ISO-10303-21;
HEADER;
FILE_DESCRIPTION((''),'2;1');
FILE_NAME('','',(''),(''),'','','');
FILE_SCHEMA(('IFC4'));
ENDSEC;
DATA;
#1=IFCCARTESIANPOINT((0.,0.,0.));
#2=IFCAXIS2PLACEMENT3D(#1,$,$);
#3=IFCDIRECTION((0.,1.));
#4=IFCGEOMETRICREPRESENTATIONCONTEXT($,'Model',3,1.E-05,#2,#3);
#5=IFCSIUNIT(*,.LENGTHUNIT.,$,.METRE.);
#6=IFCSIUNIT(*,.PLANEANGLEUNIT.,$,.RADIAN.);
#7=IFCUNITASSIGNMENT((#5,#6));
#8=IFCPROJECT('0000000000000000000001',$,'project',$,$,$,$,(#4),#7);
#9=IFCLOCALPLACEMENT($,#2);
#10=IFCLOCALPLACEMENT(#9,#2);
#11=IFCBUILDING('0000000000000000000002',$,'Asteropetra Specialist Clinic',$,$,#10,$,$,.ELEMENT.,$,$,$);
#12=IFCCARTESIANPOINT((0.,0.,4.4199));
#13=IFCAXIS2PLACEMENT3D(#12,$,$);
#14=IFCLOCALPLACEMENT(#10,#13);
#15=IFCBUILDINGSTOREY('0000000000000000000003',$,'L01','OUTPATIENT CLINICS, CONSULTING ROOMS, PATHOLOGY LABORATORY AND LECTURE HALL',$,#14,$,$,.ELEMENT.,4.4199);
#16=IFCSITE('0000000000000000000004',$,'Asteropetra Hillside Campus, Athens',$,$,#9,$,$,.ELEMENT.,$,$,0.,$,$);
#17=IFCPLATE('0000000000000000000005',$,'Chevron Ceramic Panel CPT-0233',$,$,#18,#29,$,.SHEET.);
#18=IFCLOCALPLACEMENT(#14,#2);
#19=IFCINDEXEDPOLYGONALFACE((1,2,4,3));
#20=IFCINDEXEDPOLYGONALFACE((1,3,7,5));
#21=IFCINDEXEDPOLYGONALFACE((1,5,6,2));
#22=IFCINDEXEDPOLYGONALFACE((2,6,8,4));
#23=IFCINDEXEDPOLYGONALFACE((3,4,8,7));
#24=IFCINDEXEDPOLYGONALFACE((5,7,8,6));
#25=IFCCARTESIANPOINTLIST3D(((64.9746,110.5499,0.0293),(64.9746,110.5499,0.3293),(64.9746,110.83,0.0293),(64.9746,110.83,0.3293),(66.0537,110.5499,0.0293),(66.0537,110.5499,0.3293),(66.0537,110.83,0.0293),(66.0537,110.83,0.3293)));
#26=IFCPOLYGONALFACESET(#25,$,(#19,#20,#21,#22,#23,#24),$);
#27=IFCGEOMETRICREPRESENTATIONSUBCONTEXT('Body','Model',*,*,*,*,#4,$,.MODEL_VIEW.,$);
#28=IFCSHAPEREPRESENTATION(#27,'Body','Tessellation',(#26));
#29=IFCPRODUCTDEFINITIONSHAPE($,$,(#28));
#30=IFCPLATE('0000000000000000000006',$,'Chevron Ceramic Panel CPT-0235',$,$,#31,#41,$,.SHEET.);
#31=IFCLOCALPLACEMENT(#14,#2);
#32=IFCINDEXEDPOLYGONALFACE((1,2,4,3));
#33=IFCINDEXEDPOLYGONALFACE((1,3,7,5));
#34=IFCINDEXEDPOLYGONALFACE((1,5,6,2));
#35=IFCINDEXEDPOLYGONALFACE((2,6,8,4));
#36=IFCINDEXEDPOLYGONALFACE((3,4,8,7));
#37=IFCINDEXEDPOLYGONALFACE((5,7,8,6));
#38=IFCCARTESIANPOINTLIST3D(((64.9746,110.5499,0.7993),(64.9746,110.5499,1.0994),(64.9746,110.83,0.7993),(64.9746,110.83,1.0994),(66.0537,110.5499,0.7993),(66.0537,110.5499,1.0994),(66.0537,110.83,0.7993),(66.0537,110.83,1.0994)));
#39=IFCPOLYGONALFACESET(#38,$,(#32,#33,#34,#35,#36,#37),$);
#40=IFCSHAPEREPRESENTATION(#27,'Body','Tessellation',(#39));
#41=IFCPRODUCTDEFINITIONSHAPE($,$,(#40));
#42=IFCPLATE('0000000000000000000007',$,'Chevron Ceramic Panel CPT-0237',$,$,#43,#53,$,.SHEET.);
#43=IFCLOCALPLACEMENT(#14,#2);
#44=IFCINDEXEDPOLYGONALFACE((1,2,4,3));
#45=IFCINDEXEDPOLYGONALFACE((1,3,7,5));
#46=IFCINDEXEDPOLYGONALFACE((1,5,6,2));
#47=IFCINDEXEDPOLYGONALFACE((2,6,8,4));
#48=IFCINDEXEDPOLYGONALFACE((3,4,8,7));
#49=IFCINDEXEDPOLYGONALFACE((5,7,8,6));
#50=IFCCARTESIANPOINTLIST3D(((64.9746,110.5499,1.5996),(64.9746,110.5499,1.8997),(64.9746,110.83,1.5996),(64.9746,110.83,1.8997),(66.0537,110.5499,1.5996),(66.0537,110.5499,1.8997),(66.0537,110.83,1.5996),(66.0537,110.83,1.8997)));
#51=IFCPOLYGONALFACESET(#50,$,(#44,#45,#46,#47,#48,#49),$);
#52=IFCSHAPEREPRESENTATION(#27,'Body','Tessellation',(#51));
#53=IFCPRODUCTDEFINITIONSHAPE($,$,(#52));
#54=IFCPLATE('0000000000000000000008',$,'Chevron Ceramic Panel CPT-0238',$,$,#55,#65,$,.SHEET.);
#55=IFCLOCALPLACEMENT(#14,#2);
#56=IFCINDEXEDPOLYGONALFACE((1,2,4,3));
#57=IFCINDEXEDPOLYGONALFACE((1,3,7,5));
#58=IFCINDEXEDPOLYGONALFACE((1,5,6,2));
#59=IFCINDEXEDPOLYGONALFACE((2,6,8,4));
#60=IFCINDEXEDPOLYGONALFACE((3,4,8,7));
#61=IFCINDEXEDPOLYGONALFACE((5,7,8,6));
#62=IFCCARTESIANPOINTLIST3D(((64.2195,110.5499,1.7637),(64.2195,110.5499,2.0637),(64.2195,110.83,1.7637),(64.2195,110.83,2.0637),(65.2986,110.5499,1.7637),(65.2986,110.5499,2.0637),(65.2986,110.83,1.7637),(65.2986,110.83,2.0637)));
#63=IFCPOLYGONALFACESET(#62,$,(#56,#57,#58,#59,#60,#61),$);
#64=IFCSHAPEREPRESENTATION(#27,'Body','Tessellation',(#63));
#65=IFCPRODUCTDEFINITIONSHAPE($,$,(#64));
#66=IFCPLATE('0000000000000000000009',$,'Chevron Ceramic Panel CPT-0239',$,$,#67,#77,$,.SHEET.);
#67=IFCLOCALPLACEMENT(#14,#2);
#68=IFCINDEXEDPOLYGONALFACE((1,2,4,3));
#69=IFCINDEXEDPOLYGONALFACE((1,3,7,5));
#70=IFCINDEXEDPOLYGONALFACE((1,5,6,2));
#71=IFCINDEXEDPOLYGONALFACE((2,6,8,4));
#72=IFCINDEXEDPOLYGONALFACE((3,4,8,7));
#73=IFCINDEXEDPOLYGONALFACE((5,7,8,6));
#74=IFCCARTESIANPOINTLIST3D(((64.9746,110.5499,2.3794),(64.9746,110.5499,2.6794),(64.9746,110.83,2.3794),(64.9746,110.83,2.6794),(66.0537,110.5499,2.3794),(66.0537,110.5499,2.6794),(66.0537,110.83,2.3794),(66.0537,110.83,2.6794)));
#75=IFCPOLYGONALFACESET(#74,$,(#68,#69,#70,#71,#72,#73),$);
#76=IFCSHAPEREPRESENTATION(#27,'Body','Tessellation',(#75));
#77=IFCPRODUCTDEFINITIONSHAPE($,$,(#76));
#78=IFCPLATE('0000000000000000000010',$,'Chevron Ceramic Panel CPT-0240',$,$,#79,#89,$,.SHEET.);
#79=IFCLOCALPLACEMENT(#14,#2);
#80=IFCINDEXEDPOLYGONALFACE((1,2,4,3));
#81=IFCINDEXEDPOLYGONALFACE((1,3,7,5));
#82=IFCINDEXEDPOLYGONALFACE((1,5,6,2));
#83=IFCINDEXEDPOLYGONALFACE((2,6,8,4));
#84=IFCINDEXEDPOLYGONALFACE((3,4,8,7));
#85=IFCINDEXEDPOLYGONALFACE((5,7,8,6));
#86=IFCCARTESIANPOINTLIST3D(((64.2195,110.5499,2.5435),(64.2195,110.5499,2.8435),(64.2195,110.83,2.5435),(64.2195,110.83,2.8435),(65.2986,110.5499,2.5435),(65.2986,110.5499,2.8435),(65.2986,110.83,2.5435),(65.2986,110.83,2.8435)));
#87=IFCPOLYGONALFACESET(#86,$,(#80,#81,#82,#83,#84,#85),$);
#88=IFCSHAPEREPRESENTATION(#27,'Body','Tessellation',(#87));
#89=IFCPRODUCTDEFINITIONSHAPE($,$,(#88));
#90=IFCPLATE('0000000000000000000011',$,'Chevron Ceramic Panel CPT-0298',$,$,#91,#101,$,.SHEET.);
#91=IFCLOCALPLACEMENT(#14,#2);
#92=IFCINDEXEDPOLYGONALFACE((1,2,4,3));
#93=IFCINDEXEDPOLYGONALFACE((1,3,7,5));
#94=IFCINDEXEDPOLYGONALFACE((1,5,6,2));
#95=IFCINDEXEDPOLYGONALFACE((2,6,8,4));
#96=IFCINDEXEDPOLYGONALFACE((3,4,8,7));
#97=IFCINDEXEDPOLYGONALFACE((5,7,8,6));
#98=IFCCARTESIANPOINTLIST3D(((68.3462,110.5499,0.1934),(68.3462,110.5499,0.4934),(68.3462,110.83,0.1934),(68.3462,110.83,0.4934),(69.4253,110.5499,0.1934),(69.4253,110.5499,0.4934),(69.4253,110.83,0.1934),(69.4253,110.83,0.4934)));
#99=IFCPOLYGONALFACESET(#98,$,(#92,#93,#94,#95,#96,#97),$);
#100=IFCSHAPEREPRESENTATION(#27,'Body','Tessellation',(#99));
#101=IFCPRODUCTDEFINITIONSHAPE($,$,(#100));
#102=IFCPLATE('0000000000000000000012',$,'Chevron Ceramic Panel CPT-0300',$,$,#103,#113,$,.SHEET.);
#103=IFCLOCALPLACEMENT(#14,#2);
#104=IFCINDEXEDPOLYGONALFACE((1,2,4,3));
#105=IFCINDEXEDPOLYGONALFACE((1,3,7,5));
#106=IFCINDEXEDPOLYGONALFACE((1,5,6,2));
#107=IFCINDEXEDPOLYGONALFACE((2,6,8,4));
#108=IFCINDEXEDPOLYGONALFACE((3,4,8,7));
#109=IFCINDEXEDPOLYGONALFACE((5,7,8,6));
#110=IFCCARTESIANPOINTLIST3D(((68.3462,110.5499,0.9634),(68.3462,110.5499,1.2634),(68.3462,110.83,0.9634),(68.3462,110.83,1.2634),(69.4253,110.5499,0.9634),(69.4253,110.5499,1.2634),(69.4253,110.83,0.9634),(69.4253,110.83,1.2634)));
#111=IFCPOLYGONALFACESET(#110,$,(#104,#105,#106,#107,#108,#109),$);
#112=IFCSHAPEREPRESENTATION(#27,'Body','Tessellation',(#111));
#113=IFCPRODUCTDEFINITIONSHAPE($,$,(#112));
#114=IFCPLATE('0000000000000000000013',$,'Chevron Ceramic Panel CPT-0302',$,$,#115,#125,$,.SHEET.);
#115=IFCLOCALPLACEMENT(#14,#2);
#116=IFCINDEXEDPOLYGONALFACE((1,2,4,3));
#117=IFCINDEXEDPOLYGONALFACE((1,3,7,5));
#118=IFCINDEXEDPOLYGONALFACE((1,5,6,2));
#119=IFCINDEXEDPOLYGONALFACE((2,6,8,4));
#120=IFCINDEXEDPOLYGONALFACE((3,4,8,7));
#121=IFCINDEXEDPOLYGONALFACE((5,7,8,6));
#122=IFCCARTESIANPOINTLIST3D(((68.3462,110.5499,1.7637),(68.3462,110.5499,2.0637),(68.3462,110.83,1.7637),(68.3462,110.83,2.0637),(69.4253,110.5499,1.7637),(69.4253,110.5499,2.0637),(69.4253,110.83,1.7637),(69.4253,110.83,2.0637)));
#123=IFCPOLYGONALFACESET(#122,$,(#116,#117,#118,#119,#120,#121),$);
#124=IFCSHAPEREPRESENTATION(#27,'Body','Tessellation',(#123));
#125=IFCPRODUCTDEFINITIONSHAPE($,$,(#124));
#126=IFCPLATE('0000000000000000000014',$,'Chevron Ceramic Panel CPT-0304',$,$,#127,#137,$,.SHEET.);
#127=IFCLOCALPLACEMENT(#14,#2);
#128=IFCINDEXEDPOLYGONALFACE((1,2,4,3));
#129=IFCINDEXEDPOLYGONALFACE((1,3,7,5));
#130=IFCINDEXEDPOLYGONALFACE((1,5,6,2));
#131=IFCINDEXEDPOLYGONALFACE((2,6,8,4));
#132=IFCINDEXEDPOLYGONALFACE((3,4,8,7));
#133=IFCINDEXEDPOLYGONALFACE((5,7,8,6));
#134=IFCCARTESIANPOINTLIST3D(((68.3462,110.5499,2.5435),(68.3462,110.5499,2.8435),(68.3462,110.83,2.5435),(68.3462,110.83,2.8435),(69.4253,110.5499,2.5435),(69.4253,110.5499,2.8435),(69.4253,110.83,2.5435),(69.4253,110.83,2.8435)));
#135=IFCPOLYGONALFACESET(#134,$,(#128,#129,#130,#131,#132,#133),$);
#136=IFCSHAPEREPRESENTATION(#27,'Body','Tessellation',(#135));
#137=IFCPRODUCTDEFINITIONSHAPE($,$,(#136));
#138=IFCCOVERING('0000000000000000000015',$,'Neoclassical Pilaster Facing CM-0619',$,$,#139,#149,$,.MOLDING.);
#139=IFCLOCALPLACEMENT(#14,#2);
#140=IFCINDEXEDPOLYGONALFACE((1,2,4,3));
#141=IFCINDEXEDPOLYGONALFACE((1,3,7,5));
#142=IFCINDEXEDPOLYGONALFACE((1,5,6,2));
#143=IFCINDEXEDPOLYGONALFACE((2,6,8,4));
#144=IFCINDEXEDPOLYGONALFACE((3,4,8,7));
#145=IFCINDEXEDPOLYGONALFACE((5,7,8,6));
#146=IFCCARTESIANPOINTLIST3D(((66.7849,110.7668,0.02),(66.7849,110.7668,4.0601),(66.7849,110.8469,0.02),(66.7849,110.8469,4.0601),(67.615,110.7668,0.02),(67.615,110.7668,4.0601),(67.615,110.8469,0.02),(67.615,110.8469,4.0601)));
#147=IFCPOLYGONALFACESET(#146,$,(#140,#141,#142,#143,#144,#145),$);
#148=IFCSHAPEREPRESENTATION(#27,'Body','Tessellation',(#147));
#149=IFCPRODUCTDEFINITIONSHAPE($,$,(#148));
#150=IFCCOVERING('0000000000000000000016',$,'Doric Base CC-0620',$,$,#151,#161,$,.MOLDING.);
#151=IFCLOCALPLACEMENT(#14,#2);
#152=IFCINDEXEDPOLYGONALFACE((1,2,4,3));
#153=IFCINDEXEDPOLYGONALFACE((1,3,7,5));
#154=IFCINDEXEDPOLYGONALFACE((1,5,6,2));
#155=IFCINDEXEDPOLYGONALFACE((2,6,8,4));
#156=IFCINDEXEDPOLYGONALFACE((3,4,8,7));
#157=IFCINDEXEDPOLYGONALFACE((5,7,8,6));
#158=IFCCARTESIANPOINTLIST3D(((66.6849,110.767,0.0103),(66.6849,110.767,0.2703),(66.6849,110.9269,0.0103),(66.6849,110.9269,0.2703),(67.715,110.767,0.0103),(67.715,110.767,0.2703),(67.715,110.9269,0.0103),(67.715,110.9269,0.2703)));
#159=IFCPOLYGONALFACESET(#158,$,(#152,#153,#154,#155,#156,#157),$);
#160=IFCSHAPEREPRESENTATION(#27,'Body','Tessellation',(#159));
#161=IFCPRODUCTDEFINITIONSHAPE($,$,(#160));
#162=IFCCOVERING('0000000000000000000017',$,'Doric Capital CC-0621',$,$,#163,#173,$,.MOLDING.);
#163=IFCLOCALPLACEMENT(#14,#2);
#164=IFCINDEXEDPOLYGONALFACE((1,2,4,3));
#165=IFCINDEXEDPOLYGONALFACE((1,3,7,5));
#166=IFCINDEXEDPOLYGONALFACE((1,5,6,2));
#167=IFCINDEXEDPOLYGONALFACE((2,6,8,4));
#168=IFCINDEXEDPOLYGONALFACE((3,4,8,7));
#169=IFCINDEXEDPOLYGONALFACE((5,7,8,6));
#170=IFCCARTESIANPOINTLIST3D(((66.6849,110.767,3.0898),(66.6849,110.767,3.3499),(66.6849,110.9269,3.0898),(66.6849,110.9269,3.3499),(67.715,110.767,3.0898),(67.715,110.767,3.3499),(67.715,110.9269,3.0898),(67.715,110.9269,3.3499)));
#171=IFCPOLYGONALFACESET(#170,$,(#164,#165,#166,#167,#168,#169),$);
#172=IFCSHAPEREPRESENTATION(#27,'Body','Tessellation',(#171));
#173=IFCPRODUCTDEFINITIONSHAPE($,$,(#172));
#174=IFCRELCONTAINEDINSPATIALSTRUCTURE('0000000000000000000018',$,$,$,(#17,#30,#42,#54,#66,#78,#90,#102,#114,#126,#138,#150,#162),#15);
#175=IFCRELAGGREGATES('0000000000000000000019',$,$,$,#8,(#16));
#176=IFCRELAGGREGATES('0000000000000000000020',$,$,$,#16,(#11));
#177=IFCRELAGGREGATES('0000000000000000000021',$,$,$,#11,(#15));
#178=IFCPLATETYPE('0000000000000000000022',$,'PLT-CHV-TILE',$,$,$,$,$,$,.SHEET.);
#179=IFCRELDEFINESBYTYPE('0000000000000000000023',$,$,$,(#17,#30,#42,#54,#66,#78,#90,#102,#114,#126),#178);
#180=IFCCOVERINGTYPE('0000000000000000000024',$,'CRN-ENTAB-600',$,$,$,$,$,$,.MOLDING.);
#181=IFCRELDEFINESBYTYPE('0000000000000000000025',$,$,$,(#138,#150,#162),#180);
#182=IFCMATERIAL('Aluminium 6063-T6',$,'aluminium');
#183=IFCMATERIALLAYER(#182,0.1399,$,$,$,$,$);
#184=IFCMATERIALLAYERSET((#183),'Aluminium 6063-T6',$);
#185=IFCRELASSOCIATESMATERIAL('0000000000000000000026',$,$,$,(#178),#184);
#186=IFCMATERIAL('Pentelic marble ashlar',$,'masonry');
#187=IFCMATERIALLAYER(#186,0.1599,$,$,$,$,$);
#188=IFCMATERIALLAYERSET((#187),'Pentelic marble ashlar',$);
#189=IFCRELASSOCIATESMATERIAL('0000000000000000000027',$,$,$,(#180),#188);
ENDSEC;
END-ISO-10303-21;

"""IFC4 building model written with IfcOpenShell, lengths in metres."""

from ifc_helpers import new_model, si_unit, direction, frame, origin, origin_2d, place, context, subcontext, project, spatial, rectangle, extrude, material, layer, layer_set, type_object, element, save


model = new_model("IFC4")

# Units and contexts
model_context = context("Model", 3, precision=1e-05, world=origin(), true_north=direction((0.0, 1.0)))
body_context = subcontext(model_context, "Body", "Model", "MODEL_VIEW")
ifc_project = project(units=[si_unit("LENGTHUNIT", "METRE"), si_unit("PLANEANGLEUNIT", "RADIAN")], contexts=[model_context])

# Site, building, storey
site_placement = place(None, origin())
site = spatial("IfcSite", under=ifc_project, at=site_placement, Name="Asteropetra Hillside Campus, Athens", CompositionType="ELEMENT", RefElevation=0.0)
building_placement = place(site_placement, origin())
building = spatial("IfcBuilding", under=site, at=building_placement, Name="Asteropetra Specialist Clinic", CompositionType="ELEMENT")
storey_placement = place(building_placement, frame((0.0, 0.0, 4.4199)))
storey = spatial("IfcBuildingStorey", under=building, at=storey_placement, Name="L01", Description="OUTPATIENT CLINICS, CONSULTING ROOMS, PATHOLOGY LABORATORY AND LECTURE HALL", CompositionType="ELEMENT", Elevation=4.4199)

# Plates
ifc_material_1 = material(Name="Aluminium 6063-T6", Category="aluminium")
ifc_layer_1 = layer(ifc_material_1, 0.1399)
ifc_layer_set_1 = layer_set([ifc_layer_1], Name="Aluminium 6063-T6")
plate_type_1 = type_object("IfcPlateType", Name="PLT-CHV-TILE", PredefinedType="SHEET", material=ifc_layer_set_1)
for number, where, z_axis, x_axis, name in (
    (1, (65.5142, 110.6899, 0.0293), (0.0, 0.0, 1.0), (1.0, 0.0, 0.0), "Chevron Ceramic Panel CPT-0233"),
    (2, (65.5142, 110.6899, 0.7993), (0.0, 0.0, 1.0), (1.0, 0.0, 0.0), "Chevron Ceramic Panel CPT-0235"),
    (3, (65.5142, 110.6899, 1.5996), (0.0, 0.0, 1.0), (1.0, 0.0, 0.0), "Chevron Ceramic Panel CPT-0237"),
    (4, (64.759, 110.6899, 1.7637), (0.0, 0.0, 1.0), (1.0, 0.0, 0.0), "Chevron Ceramic Panel CPT-0238"),
    (5, (65.5142, 110.6899, 2.3794), (0.0, 0.0, 1.0), (1.0, 0.0, 0.0), "Chevron Ceramic Panel CPT-0239"),
    (6, (64.759, 110.6899, 2.5435), (0.0, 0.0, 1.0), (1.0, 0.0, 0.0), "Chevron Ceramic Panel CPT-0240"),
    (7, (68.8857, 110.6899, 0.1934), (0.0, 0.0, 1.0), (1.0, 0.0, 0.0), "Chevron Ceramic Panel CPT-0298"),
    (8, (68.8857, 110.6899, 0.9634), (0.0, 0.0, 1.0), (1.0, 0.0, 0.0), "Chevron Ceramic Panel CPT-0300"),
    (9, (68.8857, 110.6899, 1.7637), (0.0, 0.0, 1.0), (1.0, 0.0, 0.0), "Chevron Ceramic Panel CPT-0302"),
    (10, (68.8857, 110.6899, 2.5435), (0.0, 0.0, 1.0), (1.0, 0.0, 0.0), "Chevron Ceramic Panel CPT-0304"),
):
    element("IfcPlate", number, at=place(storey_placement, frame(where, z_axis=z_axis, x_axis=x_axis)), inside=storey, type_object=plate_type_1, Name=name, PredefinedType="SHEET", context=body_context, shape_type="SweptSolid", body=[
        extrude(rectangle(XDim=1.0791, YDim=0.28, at=origin_2d()), origin(), (0.0, 0.0, 1.0), 0.3),
    ])

# Coverings
ifc_material_2 = material(Name="Pentelic marble ashlar", Category="masonry")
ifc_layer_2 = layer(ifc_material_2, 0.1599)
ifc_layer_set_2 = layer_set([ifc_layer_2], Name="Pentelic marble ashlar")
covering_type = type_object("IfcCoveringType", Name="CRN-ENTAB-600", PredefinedType="MOLDING", material=ifc_layer_set_2)
covering_placement = place(storey_placement, frame((67.2, 110.8069, 0.02), z_axis=(0.0, 0.0, 1.0), x_axis=(1.0, 0.0, 0.0)))
element("IfcCovering", 11, at=covering_placement, inside=storey, type_object=covering_type, Name="Neoclassical Pilaster Facing CM-0619", PredefinedType="MOLDING", context=body_context, shape_type="SweptSolid", body=[
    extrude(rectangle(XDim=0.8301, YDim=0.0801, at=origin_2d()), origin(), (0.0, 0.0, 1.0), 4.04),
])
for number, where, z_axis, x_axis, name in (
    (12, (67.2, 110.8469, 0.0103), (0.0, 0.0, 1.0), (1.0, 0.0, 0.0), "Doric Base CC-0620"),
    (13, (67.2, 110.8469, 3.0898), (0.0, 0.0, 1.0), (1.0, 0.0, 0.0), "Doric Capital CC-0621"),
):
    element("IfcCovering", number, at=place(storey_placement, frame(where, z_axis=z_axis, x_axis=x_axis)), inside=storey, type_object=covering_type, Name=name, PredefinedType="MOLDING", context=body_context, shape_type="SweptSolid", body=[
        extrude(rectangle(XDim=1.03, YDim=0.1599, at=origin_2d()), origin(), (0.0, 0.0, 1.0), 0.26),
    ])

save(model, "model.ifc")
